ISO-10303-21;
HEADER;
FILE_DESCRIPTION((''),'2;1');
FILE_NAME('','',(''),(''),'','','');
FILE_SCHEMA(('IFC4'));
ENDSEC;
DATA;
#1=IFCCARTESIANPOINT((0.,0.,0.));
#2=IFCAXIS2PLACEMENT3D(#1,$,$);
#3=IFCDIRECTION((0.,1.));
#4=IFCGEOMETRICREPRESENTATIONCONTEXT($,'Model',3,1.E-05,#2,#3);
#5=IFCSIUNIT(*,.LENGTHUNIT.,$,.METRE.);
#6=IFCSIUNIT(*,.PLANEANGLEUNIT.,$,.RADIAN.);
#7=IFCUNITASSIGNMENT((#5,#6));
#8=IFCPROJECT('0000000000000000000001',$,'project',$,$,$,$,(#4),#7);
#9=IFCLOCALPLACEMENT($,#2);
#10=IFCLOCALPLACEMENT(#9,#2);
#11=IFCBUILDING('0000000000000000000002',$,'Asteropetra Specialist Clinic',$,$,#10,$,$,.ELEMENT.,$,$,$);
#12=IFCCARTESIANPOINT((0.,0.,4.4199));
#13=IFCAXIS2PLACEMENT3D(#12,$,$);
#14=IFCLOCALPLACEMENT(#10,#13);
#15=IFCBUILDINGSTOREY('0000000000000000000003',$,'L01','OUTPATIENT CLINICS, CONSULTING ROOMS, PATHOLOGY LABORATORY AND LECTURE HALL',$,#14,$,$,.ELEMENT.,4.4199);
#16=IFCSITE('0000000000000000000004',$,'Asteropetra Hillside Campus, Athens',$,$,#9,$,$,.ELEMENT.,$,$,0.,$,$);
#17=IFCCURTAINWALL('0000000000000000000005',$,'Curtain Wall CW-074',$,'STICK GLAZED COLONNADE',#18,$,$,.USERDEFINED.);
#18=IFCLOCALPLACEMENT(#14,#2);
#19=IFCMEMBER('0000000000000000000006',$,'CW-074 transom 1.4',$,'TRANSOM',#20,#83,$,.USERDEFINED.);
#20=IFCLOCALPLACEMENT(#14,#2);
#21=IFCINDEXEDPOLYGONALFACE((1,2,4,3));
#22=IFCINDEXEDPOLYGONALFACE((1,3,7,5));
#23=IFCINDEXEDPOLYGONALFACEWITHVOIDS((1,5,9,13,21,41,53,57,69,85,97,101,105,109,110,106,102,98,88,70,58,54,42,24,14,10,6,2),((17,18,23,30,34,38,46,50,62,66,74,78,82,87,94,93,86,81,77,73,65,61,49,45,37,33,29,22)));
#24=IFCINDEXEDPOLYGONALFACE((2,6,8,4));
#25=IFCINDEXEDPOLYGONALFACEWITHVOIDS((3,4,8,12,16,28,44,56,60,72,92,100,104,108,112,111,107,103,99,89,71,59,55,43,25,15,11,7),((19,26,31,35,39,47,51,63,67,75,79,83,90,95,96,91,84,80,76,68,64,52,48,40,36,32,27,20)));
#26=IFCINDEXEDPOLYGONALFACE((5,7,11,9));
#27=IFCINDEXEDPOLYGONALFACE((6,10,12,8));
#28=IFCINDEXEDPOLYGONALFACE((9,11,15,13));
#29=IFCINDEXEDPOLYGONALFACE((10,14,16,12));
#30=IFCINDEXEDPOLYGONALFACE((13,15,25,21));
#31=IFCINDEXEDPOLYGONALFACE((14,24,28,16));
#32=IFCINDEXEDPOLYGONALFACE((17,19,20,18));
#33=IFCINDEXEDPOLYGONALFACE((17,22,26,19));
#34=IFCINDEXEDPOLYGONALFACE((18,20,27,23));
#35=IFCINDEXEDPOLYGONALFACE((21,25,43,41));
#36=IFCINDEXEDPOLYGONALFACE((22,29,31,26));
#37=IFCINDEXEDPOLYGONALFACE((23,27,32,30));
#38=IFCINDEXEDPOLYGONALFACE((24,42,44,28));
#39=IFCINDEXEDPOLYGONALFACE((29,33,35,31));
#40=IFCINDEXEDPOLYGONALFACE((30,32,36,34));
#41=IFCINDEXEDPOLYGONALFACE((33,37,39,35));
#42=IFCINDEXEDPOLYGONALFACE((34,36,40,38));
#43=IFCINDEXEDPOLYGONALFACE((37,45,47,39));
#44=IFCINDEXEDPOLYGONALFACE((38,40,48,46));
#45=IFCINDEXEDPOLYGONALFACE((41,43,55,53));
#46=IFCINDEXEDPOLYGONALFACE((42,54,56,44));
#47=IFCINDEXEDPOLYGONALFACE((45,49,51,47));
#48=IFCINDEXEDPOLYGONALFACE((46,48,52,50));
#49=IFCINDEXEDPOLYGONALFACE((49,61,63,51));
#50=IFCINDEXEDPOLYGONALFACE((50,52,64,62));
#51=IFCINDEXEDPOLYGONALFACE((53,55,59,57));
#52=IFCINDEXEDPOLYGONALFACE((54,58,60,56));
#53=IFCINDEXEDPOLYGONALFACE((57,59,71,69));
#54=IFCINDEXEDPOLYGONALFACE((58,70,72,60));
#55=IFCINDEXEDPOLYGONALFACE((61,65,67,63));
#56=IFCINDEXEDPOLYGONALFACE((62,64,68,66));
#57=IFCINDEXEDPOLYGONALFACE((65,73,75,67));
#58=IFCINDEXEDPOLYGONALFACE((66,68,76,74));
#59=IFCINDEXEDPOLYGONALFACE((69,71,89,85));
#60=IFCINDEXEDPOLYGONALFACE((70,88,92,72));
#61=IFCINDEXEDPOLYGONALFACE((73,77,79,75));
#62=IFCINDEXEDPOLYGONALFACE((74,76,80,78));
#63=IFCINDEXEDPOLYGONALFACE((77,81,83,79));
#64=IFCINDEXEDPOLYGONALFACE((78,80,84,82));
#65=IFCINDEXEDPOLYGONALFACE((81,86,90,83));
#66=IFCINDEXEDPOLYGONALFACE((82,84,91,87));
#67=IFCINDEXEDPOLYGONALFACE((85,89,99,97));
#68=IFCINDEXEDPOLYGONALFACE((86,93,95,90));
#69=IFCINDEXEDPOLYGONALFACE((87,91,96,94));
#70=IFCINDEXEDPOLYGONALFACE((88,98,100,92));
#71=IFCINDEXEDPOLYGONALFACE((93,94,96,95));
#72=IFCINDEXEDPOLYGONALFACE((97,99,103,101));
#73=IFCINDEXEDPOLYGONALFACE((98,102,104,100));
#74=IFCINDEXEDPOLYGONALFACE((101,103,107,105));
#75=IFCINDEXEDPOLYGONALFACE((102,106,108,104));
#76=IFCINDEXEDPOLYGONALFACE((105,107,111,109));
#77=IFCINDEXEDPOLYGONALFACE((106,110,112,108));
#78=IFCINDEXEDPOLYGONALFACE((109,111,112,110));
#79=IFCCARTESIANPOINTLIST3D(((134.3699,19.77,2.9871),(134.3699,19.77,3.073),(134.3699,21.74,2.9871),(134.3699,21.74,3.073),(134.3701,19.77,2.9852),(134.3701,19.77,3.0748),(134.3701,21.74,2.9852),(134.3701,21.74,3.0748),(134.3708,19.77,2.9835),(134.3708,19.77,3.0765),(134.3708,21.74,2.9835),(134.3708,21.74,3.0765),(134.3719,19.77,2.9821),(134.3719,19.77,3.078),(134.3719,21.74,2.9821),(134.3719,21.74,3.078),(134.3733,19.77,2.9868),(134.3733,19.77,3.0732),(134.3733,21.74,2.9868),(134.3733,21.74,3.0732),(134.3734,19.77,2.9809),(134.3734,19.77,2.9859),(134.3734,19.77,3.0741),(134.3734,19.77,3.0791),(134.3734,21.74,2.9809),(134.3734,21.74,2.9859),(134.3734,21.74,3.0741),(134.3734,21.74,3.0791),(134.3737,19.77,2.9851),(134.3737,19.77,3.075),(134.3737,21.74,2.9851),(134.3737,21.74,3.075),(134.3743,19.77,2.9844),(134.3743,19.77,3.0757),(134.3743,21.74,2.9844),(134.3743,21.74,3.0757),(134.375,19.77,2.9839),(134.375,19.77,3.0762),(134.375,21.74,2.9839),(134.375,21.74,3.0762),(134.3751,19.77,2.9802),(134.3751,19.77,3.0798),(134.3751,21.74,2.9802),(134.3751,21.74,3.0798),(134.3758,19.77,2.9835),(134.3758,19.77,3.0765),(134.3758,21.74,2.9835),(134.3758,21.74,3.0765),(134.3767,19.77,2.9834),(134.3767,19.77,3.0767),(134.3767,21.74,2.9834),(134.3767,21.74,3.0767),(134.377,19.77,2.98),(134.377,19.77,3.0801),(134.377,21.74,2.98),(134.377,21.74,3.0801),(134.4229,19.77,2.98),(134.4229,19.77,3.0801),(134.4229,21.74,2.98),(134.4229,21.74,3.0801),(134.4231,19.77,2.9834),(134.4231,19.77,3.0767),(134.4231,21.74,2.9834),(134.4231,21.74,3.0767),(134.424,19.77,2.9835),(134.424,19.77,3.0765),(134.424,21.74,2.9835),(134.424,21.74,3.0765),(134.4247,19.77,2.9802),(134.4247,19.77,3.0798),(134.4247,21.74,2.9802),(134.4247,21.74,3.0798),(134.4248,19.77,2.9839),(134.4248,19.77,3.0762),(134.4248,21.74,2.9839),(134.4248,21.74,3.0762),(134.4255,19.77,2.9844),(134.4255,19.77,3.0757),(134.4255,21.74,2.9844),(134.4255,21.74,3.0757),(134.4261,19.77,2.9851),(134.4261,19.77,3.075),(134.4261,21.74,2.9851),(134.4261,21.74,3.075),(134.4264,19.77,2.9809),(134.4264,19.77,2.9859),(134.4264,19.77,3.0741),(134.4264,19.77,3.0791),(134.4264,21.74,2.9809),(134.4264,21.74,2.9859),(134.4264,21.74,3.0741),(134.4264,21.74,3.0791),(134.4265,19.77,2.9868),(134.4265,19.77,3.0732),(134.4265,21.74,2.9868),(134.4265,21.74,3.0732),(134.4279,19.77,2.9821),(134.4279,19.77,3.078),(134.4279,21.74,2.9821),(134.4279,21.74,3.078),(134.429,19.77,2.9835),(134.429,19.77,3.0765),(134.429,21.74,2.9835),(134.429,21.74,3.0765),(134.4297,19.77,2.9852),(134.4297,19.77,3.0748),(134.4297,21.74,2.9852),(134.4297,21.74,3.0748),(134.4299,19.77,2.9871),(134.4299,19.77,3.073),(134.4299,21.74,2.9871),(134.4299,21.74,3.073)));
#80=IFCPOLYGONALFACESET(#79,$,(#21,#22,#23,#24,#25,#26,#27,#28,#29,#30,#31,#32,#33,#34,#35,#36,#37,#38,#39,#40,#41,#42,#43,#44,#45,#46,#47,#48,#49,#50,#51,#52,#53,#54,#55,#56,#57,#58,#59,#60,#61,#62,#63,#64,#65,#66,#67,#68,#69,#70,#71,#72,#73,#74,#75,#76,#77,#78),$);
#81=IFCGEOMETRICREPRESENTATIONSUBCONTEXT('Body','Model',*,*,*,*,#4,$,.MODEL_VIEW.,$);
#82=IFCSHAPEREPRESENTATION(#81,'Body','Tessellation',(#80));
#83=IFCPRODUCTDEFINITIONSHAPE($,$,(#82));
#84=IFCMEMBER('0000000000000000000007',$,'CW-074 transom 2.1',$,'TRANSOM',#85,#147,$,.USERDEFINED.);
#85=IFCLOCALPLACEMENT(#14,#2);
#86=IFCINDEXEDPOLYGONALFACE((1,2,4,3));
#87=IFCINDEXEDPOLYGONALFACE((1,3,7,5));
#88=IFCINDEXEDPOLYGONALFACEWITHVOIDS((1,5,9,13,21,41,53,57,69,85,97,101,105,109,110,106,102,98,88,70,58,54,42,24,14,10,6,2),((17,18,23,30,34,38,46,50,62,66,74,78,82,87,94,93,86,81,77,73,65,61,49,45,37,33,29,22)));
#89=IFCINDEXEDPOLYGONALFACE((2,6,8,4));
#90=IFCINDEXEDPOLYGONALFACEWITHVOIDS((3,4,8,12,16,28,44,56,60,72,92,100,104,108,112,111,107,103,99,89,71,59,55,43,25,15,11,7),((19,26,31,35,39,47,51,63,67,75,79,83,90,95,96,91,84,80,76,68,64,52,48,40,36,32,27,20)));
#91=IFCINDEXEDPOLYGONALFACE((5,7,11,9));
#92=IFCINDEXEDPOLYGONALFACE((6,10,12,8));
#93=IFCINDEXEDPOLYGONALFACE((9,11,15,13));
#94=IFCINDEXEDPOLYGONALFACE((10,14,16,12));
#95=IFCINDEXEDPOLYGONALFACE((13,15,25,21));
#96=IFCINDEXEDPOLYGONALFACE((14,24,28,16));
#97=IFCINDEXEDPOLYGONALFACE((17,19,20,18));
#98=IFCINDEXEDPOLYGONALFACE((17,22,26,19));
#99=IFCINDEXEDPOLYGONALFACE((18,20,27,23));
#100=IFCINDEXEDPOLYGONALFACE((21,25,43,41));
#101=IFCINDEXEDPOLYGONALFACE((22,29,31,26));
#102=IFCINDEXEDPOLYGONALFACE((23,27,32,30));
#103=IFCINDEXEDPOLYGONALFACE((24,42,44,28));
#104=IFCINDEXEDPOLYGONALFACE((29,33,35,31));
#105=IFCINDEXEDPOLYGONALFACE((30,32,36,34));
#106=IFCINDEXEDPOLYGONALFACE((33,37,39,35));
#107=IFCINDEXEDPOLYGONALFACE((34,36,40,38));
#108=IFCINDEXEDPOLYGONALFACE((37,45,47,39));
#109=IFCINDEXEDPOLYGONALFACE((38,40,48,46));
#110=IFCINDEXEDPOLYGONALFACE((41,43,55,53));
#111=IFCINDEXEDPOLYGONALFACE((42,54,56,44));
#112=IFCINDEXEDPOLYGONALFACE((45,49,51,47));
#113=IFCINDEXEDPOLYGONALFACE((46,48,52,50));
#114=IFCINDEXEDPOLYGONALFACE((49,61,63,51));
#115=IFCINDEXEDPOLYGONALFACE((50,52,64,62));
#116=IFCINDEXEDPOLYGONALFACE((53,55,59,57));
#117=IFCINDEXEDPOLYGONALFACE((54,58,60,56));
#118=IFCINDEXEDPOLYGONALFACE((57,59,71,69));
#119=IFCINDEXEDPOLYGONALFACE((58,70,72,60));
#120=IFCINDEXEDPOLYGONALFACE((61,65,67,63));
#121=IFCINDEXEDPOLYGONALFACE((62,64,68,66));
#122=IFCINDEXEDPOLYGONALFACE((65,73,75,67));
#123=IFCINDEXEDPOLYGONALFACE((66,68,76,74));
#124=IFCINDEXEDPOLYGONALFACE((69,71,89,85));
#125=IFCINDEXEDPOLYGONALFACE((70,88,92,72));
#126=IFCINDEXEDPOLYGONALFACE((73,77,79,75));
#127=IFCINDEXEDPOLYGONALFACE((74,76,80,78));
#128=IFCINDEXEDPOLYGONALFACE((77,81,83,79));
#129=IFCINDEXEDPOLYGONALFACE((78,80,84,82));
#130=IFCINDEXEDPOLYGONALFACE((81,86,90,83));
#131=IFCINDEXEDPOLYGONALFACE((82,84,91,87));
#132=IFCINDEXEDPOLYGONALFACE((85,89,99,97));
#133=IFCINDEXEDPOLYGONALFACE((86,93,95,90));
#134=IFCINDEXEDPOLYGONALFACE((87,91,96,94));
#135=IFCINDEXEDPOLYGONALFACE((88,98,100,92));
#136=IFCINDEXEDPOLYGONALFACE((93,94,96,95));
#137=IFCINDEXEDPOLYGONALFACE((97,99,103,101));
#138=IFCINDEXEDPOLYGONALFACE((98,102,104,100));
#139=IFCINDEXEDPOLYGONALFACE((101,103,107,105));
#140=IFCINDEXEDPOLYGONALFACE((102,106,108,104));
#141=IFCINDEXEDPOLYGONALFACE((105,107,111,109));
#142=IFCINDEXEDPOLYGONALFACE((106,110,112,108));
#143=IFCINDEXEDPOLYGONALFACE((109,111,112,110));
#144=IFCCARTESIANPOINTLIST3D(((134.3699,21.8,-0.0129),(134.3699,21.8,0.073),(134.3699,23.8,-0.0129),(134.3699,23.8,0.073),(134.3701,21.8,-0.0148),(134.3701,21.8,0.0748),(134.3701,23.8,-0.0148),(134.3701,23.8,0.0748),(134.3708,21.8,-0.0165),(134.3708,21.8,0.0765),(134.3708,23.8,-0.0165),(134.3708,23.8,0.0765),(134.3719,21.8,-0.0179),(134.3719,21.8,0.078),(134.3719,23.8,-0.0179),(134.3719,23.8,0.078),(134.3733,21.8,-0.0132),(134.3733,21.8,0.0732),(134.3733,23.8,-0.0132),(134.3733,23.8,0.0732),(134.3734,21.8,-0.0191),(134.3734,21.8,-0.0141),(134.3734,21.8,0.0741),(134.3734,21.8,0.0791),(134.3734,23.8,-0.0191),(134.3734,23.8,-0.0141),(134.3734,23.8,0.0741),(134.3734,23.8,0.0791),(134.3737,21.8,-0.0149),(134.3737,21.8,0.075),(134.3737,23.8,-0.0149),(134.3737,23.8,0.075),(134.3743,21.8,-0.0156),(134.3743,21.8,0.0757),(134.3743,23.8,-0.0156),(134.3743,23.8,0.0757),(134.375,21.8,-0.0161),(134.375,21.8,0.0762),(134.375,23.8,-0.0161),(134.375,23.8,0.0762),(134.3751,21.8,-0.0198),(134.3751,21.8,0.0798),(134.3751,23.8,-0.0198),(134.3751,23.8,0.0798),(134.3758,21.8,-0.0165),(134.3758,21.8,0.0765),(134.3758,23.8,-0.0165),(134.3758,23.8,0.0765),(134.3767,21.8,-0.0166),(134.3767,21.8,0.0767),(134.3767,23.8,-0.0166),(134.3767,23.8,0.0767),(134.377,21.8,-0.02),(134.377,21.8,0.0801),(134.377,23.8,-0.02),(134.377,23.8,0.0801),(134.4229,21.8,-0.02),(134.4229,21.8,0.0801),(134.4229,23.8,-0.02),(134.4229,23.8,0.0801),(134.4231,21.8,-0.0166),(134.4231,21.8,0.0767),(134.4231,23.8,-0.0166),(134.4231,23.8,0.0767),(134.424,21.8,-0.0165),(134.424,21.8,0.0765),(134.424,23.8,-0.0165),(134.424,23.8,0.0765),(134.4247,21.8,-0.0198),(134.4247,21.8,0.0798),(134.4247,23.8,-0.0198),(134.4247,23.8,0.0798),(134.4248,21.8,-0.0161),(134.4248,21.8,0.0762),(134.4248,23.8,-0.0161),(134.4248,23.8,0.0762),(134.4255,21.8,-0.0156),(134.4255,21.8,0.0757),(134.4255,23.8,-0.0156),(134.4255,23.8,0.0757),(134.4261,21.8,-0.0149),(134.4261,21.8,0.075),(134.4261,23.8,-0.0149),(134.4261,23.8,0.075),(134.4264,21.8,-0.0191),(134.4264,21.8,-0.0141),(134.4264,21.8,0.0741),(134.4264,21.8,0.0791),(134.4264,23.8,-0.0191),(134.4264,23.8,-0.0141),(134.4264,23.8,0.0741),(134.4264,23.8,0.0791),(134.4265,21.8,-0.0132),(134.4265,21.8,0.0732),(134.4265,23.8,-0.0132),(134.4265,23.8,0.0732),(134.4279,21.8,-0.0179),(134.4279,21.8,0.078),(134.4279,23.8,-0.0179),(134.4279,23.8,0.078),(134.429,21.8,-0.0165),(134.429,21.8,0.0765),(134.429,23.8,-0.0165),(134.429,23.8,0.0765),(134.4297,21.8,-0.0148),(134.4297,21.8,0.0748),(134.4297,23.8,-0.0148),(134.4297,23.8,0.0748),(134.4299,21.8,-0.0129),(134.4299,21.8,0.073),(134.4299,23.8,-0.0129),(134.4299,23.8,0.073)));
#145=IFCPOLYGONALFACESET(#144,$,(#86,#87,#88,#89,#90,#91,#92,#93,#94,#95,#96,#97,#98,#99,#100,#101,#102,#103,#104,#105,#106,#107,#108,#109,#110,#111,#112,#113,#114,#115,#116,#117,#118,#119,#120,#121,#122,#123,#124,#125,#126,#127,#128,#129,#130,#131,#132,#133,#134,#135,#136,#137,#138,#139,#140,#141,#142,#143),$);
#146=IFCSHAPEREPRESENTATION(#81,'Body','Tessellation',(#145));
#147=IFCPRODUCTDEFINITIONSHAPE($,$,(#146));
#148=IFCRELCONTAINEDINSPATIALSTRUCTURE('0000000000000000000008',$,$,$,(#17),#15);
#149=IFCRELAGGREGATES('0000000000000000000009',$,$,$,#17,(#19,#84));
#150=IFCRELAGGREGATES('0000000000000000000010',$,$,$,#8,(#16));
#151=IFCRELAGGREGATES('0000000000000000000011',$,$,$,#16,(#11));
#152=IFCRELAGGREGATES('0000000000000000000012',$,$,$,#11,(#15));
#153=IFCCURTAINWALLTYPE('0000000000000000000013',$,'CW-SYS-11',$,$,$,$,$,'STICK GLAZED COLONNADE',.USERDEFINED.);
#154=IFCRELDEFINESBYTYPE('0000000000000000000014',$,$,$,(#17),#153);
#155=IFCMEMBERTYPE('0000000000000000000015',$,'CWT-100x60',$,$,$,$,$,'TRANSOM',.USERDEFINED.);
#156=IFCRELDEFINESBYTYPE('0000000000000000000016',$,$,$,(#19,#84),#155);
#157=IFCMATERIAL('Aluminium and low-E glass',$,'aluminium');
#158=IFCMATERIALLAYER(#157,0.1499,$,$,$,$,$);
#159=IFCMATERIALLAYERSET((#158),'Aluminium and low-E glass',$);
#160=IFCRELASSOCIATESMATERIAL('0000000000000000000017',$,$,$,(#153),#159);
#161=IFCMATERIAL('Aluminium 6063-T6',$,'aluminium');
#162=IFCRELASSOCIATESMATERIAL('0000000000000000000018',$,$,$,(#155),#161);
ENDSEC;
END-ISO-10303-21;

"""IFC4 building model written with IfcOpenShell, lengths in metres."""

from ifc_helpers import new_model, si_unit, direction, frame, origin, origin_2d, place, context, subcontext, project, spatial, hollow_rectangle, extrude, material, layer, layer_set, material_profile, profile_set, type_object, element, aggregate, save


model = new_model("IFC4")

# Units and contexts
model_context = context("Model", 3, precision=1e-05, world=origin(), true_north=direction((0.0, 1.0)))
body_context = subcontext(model_context, "Body", "Model", "MODEL_VIEW")
ifc_project = project(units=[si_unit("LENGTHUNIT", "METRE"), si_unit("PLANEANGLEUNIT", "RADIAN")], contexts=[model_context])

# Site, building, storey
site_placement = place(None, origin())
site = spatial("IfcSite", under=ifc_project, at=site_placement, Name="Asteropetra Hillside Campus, Athens", CompositionType="ELEMENT", RefElevation=0.0)
building_placement = place(site_placement, origin())
building = spatial("IfcBuilding", under=site, at=building_placement, Name="Asteropetra Specialist Clinic", CompositionType="ELEMENT")
storey_placement = place(building_placement, frame((0.0, 0.0, 4.4199)))
storey = spatial("IfcBuildingStorey", under=building, at=storey_placement, Name="L01", Description="OUTPATIENT CLINICS, CONSULTING ROOMS, PATHOLOGY LABORATORY AND LECTURE HALL", CompositionType="ELEMENT", Elevation=4.4199)

# Curtain wall
ifc_material_1 = material(Name="Aluminium and low-E glass", Category="aluminium")
ifc_layer_1 = layer(ifc_material_1, 0.1499)
ifc_layer_set_1 = layer_set([ifc_layer_1], Name="Aluminium and low-E glass")
curtain_wall_type_1 = type_object("IfcCurtainWallType", Name="CW-SYS-11", ElementType="STICK GLAZED COLONNADE", PredefinedType="USERDEFINED", material=ifc_layer_set_1)
curtain_wall_1_placement = place(storey_placement, origin())
curtain_wall_1 = element("IfcCurtainWall", 1, at=curtain_wall_1_placement, inside=storey, type_object=curtain_wall_type_1, Name="Curtain Wall CW-074", ObjectType="STICK GLAZED COLONNADE", PredefinedType="USERDEFINED")

# Members
ifc_material_2 = material(Name="Aluminium 6063-T6", Category="aluminium")
ifc_material_profile_1 = material_profile(ifc_material_2, hollow_rectangle(XDim=0.0601, YDim=0.1001, WallThickness=0.0034, InnerFilletRadius=0.0034, OuterFilletRadius=0.0071, at=origin_2d()), Name="TRN 100x60x3.5")
ifc_profile_set_1 = profile_set([ifc_material_profile_1], Name="Aluminium 6063-T6")
member_type_1 = type_object("IfcMemberType", Name="CWT-100x60", ElementType="TRANSOM", PredefinedType="USERDEFINED", material=ifc_profile_set_1)
member_1_placement = place(storey_placement, frame((134.3999, 19.77, 3.03), z_axis=(0.0, 1.0, 0.0), x_axis=(-1.0, 0.0, 0.0)))
member_1 = element("IfcMember", 2, at=member_1_placement, type_object=member_type_1, Name="CW-074 transom 1.4", ObjectType="TRANSOM", PredefinedType="USERDEFINED", context=body_context, shape_type="SweptSolid", body=[
    extrude(hollow_rectangle(XDim=0.0601, YDim=0.1001, WallThickness=0.0034, InnerFilletRadius=0.0034, OuterFilletRadius=0.0071, at=origin_2d()), origin(), (0.0, 0.0, 1.0), 1.97),
])
member_2_placement = place(storey_placement, frame((134.3999, 21.8, 0.03), z_axis=(0.0, 1.0, 0.0), x_axis=(-1.0, 0.0, 0.0)))
member_2 = element("IfcMember", 3, at=member_2_placement, type_object=member_type_1, Name="CW-074 transom 2.1", ObjectType="TRANSOM", PredefinedType="USERDEFINED", context=body_context, shape_type="SweptSolid", body=[
    extrude(hollow_rectangle(XDim=0.0601, YDim=0.1001, WallThickness=0.0034, InnerFilletRadius=0.0034, OuterFilletRadius=0.0071, at=origin_2d()), origin(), (0.0, 0.0, 1.0), 2.0),
])

aggregate(curtain_wall_1, [member_1, member_2])

save(model, "model.ifc")
